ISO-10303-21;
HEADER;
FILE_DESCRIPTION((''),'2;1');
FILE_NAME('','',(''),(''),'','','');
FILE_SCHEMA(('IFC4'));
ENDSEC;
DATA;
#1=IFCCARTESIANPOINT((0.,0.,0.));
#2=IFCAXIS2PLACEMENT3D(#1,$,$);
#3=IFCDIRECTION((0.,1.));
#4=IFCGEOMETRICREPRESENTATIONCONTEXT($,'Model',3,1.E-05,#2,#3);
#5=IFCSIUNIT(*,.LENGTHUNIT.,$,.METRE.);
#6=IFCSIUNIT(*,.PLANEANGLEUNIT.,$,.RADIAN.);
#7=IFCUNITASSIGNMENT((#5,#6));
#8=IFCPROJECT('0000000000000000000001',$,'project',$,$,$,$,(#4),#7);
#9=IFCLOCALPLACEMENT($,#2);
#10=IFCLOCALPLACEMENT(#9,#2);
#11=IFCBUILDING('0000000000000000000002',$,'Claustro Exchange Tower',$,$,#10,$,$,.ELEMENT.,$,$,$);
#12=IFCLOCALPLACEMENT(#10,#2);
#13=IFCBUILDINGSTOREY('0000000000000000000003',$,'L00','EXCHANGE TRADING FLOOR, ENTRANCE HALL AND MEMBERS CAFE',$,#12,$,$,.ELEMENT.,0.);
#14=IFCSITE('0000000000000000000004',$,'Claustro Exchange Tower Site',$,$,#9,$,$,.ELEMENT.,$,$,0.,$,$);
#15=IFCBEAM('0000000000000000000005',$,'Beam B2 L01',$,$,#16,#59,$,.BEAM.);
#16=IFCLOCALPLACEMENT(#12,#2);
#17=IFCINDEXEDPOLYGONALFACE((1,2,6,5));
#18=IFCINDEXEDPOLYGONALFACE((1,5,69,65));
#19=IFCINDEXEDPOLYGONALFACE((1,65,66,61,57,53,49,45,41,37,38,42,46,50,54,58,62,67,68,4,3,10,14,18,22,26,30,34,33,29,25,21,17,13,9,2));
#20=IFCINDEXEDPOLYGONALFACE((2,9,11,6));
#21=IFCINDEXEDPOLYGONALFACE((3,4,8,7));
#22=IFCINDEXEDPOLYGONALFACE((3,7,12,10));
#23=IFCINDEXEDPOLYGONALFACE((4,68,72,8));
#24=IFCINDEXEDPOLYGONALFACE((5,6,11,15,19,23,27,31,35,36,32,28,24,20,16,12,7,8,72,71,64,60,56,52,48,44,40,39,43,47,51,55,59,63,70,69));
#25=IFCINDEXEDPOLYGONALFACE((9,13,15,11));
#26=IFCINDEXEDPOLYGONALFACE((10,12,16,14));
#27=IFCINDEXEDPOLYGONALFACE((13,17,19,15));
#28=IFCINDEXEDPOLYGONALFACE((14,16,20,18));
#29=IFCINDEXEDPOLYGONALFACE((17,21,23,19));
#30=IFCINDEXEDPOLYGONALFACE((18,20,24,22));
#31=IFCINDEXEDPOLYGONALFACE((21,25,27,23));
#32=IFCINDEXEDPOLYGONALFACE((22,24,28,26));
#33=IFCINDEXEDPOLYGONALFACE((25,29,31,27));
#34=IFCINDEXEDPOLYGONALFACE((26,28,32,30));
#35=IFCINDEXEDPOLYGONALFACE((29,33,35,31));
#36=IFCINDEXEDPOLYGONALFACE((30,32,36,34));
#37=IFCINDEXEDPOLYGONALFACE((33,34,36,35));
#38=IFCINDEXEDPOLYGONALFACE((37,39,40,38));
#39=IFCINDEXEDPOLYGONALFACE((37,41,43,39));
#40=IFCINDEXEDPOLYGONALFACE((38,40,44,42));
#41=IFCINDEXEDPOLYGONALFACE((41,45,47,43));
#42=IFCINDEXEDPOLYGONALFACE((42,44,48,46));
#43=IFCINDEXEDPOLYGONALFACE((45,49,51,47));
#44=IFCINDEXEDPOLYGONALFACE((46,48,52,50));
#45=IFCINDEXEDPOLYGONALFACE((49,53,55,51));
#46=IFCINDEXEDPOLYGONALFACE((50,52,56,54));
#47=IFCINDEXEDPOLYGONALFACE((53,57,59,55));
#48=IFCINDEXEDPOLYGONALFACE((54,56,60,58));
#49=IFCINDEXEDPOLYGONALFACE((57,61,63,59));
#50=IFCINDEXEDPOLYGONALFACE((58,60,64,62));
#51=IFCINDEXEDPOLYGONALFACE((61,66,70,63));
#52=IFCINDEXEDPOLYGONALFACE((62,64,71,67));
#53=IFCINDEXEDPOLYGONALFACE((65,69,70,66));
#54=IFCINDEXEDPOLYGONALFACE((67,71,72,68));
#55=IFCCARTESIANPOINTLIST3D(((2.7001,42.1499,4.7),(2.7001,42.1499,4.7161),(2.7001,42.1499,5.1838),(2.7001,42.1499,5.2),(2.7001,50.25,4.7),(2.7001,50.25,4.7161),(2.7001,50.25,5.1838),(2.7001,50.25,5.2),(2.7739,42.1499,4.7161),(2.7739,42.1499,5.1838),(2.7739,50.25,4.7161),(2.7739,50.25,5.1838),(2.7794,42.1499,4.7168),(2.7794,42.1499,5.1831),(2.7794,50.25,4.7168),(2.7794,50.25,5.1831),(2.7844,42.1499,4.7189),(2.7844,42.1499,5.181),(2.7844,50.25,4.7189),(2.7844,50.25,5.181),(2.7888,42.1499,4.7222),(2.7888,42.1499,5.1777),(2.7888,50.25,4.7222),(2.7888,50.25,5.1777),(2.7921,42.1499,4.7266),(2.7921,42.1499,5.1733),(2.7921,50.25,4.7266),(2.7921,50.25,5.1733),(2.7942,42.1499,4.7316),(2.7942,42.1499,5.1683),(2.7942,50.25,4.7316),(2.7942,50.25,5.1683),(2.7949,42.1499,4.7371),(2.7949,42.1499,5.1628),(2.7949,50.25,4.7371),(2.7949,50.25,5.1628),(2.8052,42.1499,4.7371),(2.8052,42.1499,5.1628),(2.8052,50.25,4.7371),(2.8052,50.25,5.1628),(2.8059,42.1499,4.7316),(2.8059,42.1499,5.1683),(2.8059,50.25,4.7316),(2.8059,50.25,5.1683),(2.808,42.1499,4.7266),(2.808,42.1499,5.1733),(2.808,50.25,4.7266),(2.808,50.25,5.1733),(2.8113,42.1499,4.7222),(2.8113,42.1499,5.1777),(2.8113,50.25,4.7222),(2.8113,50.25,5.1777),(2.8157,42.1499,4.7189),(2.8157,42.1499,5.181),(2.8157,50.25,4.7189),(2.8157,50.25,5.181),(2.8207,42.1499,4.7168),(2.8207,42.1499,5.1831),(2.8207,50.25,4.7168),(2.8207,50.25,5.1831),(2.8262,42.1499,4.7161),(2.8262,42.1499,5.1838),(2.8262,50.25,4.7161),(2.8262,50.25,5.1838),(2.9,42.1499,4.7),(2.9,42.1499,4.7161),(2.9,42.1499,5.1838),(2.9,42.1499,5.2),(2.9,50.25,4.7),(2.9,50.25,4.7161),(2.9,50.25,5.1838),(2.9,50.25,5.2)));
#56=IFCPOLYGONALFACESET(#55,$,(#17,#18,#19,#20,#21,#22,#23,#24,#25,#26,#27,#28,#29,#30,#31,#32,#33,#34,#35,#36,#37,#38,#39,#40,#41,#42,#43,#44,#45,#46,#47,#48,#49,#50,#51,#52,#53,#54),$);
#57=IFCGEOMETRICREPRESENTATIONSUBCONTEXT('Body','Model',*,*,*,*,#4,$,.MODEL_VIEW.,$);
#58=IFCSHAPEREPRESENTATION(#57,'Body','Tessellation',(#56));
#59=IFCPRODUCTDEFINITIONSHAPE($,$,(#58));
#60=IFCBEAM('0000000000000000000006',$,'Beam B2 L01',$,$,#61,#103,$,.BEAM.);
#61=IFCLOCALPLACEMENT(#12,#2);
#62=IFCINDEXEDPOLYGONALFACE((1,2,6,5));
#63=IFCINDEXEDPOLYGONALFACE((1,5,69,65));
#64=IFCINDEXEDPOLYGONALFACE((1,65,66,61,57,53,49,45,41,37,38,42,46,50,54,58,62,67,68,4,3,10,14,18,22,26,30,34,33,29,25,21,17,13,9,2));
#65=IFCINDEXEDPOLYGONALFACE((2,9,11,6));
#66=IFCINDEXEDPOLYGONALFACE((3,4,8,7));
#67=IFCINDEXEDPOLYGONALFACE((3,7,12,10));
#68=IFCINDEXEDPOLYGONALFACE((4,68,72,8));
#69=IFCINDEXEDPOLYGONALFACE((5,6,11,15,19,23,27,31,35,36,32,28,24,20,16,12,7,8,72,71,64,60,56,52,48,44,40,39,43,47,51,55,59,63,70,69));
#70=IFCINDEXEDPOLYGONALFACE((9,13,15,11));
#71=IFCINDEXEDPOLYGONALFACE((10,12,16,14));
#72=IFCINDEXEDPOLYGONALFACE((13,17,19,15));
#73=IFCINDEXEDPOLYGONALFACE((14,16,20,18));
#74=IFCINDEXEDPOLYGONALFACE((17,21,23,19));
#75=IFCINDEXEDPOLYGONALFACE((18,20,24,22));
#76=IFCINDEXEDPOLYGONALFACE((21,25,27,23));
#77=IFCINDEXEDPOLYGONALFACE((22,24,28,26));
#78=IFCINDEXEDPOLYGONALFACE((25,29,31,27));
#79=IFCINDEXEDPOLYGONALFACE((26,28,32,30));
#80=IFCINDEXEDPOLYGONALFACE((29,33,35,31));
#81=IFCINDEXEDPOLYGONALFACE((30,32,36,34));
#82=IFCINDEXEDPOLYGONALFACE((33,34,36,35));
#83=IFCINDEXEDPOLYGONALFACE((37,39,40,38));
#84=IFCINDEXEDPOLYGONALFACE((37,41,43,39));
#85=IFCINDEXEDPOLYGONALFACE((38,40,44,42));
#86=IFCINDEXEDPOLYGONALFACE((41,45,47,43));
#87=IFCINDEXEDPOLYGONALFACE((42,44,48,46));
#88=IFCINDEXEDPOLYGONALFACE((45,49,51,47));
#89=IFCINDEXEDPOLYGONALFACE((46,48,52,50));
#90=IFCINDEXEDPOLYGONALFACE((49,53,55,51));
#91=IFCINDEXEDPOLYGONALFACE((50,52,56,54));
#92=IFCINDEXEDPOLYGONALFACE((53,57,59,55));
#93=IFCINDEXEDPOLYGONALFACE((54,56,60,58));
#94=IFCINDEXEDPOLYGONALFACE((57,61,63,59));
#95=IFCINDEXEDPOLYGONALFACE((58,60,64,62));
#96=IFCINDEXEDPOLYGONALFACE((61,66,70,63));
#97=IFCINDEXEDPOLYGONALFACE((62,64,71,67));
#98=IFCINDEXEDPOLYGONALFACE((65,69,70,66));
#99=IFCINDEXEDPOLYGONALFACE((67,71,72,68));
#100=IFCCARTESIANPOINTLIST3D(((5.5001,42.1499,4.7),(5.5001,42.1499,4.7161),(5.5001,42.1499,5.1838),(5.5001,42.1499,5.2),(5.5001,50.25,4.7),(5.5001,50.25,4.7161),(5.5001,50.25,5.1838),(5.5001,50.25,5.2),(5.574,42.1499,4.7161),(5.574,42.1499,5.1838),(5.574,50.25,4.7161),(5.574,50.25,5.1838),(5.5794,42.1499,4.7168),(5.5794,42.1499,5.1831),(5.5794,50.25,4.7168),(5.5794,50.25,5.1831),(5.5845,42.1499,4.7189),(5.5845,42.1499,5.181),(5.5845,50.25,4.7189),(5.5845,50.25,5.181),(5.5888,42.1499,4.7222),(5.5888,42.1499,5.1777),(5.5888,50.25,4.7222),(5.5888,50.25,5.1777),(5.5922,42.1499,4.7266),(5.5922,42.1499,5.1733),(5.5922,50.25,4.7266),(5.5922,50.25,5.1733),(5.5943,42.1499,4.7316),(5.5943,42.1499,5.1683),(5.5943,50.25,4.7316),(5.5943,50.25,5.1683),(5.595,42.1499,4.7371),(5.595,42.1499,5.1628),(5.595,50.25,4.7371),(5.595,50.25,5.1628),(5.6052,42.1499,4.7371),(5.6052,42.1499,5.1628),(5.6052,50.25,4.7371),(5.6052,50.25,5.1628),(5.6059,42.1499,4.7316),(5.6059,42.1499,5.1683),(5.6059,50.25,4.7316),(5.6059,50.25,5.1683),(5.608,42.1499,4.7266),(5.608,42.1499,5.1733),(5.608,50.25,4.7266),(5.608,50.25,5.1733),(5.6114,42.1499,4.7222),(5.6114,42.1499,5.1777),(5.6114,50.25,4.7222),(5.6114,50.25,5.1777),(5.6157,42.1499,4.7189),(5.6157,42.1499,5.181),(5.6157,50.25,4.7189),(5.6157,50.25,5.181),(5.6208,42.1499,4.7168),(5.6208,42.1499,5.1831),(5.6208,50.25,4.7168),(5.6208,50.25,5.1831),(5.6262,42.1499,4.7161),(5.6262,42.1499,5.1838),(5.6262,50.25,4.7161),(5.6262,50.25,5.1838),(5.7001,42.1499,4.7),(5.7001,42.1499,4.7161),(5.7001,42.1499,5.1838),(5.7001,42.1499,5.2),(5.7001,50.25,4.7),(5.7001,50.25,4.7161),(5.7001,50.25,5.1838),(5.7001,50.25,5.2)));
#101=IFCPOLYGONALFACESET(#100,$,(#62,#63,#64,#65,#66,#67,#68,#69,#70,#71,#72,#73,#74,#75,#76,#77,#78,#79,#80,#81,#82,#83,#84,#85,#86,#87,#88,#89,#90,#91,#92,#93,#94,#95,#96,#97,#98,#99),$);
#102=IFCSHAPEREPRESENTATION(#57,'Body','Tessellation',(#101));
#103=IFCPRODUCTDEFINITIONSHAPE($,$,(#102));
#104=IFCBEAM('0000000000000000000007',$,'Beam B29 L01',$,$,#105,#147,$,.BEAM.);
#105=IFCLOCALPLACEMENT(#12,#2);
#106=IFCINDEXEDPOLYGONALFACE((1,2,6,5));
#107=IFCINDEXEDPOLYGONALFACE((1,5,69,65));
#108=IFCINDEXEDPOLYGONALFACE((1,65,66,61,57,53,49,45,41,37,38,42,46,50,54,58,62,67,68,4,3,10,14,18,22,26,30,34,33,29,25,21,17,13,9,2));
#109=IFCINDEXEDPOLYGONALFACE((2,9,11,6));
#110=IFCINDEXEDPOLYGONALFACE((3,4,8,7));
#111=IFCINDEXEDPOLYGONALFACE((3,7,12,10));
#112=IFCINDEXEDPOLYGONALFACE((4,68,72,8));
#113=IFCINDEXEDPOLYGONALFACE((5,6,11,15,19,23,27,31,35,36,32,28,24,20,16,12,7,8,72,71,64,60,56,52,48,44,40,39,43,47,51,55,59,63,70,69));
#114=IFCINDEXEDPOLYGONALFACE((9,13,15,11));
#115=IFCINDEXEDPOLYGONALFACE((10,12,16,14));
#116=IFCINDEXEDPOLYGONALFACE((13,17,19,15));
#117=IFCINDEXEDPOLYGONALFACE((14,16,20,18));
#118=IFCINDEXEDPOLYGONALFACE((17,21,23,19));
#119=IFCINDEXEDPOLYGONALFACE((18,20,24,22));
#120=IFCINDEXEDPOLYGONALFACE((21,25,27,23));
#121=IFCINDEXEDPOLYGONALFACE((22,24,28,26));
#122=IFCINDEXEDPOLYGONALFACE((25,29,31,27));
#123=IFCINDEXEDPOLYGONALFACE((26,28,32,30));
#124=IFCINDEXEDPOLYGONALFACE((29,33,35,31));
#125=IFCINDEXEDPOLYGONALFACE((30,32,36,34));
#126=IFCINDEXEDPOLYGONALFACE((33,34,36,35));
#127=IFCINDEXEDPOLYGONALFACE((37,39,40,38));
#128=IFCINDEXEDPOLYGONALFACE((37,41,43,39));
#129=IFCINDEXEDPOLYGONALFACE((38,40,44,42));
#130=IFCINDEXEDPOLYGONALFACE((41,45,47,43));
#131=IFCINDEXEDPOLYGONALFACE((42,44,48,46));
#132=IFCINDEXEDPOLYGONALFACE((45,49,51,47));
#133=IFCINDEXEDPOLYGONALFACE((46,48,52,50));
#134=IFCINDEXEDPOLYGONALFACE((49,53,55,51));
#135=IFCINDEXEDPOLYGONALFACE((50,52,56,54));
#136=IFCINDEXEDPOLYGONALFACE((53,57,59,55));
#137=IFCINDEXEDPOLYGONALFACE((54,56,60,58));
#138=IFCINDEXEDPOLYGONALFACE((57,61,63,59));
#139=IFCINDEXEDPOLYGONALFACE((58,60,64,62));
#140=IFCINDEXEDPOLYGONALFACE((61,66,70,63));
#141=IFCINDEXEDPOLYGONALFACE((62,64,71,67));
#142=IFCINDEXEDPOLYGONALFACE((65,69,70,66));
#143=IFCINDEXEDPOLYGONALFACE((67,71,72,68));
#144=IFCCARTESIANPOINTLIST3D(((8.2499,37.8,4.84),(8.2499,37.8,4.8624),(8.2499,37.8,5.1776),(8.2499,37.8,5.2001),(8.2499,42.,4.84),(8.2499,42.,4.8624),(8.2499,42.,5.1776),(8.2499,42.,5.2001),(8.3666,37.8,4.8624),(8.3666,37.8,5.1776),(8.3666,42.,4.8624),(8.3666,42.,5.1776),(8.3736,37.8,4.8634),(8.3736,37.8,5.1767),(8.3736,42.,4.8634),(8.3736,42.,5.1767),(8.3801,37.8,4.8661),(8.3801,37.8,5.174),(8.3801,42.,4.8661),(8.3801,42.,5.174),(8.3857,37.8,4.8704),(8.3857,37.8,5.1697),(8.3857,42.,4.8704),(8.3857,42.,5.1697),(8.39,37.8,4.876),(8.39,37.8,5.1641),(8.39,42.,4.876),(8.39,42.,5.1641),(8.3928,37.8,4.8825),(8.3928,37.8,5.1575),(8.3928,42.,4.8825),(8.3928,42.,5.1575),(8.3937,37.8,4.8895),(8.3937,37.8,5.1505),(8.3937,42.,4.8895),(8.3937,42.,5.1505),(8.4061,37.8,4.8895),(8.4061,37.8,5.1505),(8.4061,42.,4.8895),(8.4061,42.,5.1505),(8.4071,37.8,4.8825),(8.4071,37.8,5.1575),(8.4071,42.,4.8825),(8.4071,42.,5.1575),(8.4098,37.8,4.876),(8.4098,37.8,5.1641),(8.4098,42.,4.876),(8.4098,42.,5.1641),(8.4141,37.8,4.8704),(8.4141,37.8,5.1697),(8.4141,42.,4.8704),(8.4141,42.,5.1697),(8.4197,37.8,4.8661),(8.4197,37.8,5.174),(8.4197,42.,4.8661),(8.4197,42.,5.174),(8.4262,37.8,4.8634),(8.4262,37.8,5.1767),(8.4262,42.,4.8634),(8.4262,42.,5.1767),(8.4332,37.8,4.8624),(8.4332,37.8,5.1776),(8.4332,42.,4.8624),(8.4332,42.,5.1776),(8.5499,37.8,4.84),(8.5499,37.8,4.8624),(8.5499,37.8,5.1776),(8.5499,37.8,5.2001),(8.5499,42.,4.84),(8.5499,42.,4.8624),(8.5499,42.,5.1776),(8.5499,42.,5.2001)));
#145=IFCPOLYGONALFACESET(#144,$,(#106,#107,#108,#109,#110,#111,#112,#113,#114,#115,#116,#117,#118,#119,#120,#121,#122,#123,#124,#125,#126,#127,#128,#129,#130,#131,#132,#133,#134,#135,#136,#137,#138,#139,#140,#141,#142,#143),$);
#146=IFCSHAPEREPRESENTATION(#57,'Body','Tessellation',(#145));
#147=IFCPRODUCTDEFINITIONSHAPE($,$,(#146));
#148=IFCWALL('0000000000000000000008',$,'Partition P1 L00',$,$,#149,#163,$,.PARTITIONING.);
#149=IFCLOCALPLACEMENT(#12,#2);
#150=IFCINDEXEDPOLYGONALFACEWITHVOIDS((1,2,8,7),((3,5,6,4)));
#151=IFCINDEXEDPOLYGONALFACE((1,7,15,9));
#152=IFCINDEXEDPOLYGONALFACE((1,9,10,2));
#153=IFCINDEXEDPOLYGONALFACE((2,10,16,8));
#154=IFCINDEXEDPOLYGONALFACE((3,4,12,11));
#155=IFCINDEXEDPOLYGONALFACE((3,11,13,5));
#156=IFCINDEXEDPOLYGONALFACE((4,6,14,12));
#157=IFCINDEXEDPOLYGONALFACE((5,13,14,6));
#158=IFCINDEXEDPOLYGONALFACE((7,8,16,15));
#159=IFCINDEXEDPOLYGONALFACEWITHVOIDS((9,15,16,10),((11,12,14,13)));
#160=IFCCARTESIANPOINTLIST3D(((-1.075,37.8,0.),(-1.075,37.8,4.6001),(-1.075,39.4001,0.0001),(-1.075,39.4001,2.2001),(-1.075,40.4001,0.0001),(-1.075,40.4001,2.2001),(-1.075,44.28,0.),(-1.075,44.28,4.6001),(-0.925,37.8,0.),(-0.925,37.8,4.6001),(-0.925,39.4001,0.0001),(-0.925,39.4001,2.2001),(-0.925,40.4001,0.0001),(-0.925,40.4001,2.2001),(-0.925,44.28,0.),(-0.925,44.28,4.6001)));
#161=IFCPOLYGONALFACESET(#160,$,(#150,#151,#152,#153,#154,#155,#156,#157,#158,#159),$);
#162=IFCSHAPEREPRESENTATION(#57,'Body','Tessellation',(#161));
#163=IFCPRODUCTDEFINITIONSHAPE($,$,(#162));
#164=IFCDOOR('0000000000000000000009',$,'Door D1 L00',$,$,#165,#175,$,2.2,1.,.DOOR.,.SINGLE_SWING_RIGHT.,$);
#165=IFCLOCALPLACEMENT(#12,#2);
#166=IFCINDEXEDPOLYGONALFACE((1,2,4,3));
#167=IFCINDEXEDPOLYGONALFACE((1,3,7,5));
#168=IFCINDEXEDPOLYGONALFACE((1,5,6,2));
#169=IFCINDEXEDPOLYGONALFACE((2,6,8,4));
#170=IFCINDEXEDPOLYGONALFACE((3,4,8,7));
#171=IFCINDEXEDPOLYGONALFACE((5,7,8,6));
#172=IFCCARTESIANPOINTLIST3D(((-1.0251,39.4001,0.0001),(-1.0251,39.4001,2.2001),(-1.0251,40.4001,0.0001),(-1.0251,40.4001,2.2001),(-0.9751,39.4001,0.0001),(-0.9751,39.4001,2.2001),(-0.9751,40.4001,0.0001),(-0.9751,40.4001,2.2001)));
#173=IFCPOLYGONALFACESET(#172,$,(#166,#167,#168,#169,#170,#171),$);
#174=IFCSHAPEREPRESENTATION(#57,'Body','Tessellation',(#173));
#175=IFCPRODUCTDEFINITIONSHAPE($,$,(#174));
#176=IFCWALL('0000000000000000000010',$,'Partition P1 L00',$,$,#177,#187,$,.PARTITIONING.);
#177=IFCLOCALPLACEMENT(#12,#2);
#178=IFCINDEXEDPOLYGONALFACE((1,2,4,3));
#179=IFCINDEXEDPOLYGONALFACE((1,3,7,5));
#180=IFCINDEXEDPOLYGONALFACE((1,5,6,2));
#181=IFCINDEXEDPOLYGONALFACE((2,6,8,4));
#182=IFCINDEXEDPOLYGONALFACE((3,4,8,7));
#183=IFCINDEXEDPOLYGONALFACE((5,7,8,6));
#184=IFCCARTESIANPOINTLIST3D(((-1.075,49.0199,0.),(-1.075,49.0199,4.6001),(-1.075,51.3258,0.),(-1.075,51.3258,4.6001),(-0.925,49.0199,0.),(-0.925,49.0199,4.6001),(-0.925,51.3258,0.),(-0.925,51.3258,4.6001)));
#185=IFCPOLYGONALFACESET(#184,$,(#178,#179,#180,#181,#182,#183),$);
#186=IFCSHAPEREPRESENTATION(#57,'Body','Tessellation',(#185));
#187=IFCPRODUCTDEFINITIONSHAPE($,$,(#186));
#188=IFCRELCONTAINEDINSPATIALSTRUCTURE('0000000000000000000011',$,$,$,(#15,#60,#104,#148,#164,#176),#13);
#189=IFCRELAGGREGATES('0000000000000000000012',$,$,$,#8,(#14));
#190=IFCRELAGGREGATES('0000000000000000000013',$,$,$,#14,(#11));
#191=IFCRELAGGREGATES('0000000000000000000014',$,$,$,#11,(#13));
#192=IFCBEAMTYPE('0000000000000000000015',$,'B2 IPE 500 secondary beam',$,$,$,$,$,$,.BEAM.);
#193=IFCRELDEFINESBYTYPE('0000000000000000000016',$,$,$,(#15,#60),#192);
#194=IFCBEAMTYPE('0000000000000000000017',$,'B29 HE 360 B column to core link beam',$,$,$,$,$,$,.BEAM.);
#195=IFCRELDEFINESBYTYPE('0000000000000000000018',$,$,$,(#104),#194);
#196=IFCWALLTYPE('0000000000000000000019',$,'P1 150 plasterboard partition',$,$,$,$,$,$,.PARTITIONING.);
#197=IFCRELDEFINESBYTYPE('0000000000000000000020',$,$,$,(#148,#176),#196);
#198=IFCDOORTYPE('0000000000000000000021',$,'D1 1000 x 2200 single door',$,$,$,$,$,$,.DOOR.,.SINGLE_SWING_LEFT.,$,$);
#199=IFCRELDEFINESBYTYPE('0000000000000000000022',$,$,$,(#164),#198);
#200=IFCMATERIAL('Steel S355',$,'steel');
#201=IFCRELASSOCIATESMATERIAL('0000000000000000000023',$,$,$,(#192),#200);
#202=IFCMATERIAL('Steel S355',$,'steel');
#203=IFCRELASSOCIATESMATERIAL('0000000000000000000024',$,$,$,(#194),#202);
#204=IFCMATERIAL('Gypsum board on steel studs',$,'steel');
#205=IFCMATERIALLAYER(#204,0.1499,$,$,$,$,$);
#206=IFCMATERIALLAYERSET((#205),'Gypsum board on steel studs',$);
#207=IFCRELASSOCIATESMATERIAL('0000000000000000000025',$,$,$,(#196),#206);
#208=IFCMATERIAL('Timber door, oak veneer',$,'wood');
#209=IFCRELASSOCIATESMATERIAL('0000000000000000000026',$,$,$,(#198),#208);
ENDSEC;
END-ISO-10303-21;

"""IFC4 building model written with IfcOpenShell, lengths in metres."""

from ifc_helpers import new_model, si_unit, direction, frame, frame_2d, origin, origin_2d, place, context, subcontext, project, spatial, rectangle, i_section, extrude, material, layer, layer_set, material_profile, profile_set, type_object, element, fill, save


model = new_model("IFC4")

# Units and contexts
model_context = context("Model", 3, precision=1e-05, world=origin(), true_north=direction((0.0, 1.0)))
body_context = subcontext(model_context, "Body", "Model", "MODEL_VIEW")
ifc_project = project(units=[si_unit("LENGTHUNIT", "METRE"), si_unit("PLANEANGLEUNIT", "RADIAN")], contexts=[model_context])

# Site, building, storey
site_placement = place(None, origin())
site = spatial("IfcSite", under=ifc_project, at=site_placement, Name="Claustro Exchange Tower Site", CompositionType="ELEMENT", RefElevation=0.0)
building_placement = place(site_placement, origin())
building = spatial("IfcBuilding", under=site, at=building_placement, Name="Claustro Exchange Tower", CompositionType="ELEMENT")
storey_placement = place(building_placement, origin())
storey = spatial("IfcBuildingStorey", under=building, at=storey_placement, Name="L00", Description="EXCHANGE TRADING FLOOR, ENTRANCE HALL AND MEMBERS CAFE", CompositionType="ELEMENT", Elevation=0.0)

# Beams
ifc_material_1 = material(Name="Steel S355", Category="steel")
ifc_material_profile_1 = material_profile(ifc_material_1, i_section(OverallWidth=0.2, OverallDepth=0.5, WebThickness=0.0103, FlangeThickness=0.0161, FilletRadius=0.021, at=origin_2d()), Name="IPE 500")
ifc_profile_set_1 = profile_set([ifc_material_profile_1], Name="Steel S355")
beam_type_1 = type_object("IfcBeamType", Name="B2 IPE 500 secondary beam", PredefinedType="BEAM", material=ifc_profile_set_1)
for number, where, z_axis, x_axis, name in (
    (1, (2.8, 42.1499, 4.95), (0.0, 1.0, 0.0), (-1.0, 0.0, 0.0), "Beam B2 L01"),
    (2, (5.6001, 42.1499, 4.95), (0.0, 1.0, 0.0), (-1.0, 0.0, 0.0), "Beam B2 L01"),
):
    element("IfcBeam", number, at=place(storey_placement, frame(where, z_axis=z_axis, x_axis=x_axis)), inside=storey, type_object=beam_type_1, Name=name, PredefinedType="BEAM", context=body_context, shape_type="SweptSolid", body=[
        extrude(i_section(OverallWidth=0.2, OverallDepth=0.5, WebThickness=0.0103, FlangeThickness=0.0161, FilletRadius=0.021, at=origin_2d()), origin(), (0.0, 0.0, 1.0), 8.1001),
    ])
ifc_material_2 = material(Name="Steel S355", Category="steel")
ifc_material_profile_2 = material_profile(ifc_material_2, i_section(OverallWidth=0.3, OverallDepth=0.3601, WebThickness=0.0125, FlangeThickness=0.0225, FilletRadius=0.0271, at=origin_2d()), Name="HE 360 B")
ifc_profile_set_2 = profile_set([ifc_material_profile_2], Name="Steel S355")
beam_type_2 = type_object("IfcBeamType", Name="B29 HE 360 B column to core link beam", PredefinedType="BEAM", material=ifc_profile_set_2)
beam_1_placement = place(storey_placement, frame((8.3999, 37.8, 5.02), z_axis=(0.0, 1.0, 0.0), x_axis=(-1.0, 0.0, 0.0)))
element("IfcBeam", 3, at=beam_1_placement, inside=storey, type_object=beam_type_2, Name="Beam B29 L01", PredefinedType="BEAM", context=body_context, shape_type="SweptSolid", body=[
    extrude(i_section(OverallWidth=0.3, OverallDepth=0.3601, WebThickness=0.0125, FlangeThickness=0.0225, FilletRadius=0.0271, at=origin_2d()), origin(), (0.0, 0.0, 1.0), 4.2),
])

# Wall, opening, door
ifc_material_3 = material(Name="Gypsum board on steel studs", Category="steel")
ifc_layer_1 = layer(ifc_material_3, 0.1499)
ifc_layer_set_1 = layer_set([ifc_layer_1], Name="Gypsum board on steel studs")
wall_type_1 = type_object("IfcWallType", Name="P1 150 plasterboard partition", PredefinedType="PARTITIONING", material=ifc_layer_set_1)
wall_1_placement = place(storey_placement, frame((-1.0, 37.8, 0.0), z_axis=(0.0, 0.0, 1.0), x_axis=(0.0, 1.0, 0.0)))
wall_1 = element("IfcWall", 4, at=wall_1_placement, inside=storey, type_object=wall_type_1, Name="Partition P1 L00", PredefinedType="PARTITIONING", context=body_context, shape_type="SweptSolid", body=[
    extrude(rectangle(XDim=6.48, YDim=0.1499, at=frame_2d((3.24, 0.0))), origin(), (0.0, 0.0, 1.0), 4.6001),
])
opening_1_placement = place(wall_1_placement, frame((1.6001, 0.0, 0.0)))
opening_1 = element("IfcOpeningElement", 5, at=opening_1_placement, cuts=wall_1, PredefinedType="OPENING", context=body_context, shape_type="SweptSolid", body=[
    extrude(rectangle(XDim=1.0, YDim=2.2, at=frame_2d((0.5, 1.1001))), frame((0.0, 0.085, 0.0), z_axis=(0.0, -1.0, 0.0), x_axis=(1.0, 0.0, 0.0)), (0.0, 0.0, 1.0), 0.1699),
])
ifc_material_4 = material(Name="Timber door, oak veneer", Category="wood")
door_type_1 = type_object("IfcDoorType", Name="D1 1000 x 2200 single door", OperationType="SINGLE_SWING_LEFT", PredefinedType="DOOR", material=ifc_material_4)
door_1_placement = place(opening_1_placement, frame((1.0, 0.0, 0.0), z_axis=(0.0, 0.0, 1.0), x_axis=(-1.0, 0.0, 0.0)))
door_1 = element("IfcDoor", 6, at=door_1_placement, inside=storey, type_object=door_type_1, Name="Door D1 L00", OperationType="SINGLE_SWING_RIGHT", OverallHeight=2.2, OverallWidth=1.0, PredefinedType="DOOR", context=body_context, shape_type="SweptSolid", body=[
    extrude(rectangle(XDim=1.0, YDim=2.2, at=frame_2d((0.5, 1.1001))), frame((0.0, 0.0249, 0.0), z_axis=(0.0, -1.0, 0.0), x_axis=(1.0, 0.0, 0.0)), (0.0, 0.0, 1.0), 0.05),
])
fill(opening_1, door_1)

# Wall
wall_2_placement = place(storey_placement, frame((-1.0, 49.02, 0.0), z_axis=(0.0, 0.0, 1.0), x_axis=(0.0, 1.0, 0.0)))
element("IfcWall", 7, at=wall_2_placement, inside=storey, type_object=wall_type_1, Name="Partition P1 L00", PredefinedType="PARTITIONING", context=body_context, shape_type="SweptSolid", body=[
    extrude(rectangle(XDim=2.3059, YDim=0.1499, at=frame_2d((1.1528, 0.0))), origin(), (0.0, 0.0, 1.0), 4.6001),
])

save(model, "model.ifc")
